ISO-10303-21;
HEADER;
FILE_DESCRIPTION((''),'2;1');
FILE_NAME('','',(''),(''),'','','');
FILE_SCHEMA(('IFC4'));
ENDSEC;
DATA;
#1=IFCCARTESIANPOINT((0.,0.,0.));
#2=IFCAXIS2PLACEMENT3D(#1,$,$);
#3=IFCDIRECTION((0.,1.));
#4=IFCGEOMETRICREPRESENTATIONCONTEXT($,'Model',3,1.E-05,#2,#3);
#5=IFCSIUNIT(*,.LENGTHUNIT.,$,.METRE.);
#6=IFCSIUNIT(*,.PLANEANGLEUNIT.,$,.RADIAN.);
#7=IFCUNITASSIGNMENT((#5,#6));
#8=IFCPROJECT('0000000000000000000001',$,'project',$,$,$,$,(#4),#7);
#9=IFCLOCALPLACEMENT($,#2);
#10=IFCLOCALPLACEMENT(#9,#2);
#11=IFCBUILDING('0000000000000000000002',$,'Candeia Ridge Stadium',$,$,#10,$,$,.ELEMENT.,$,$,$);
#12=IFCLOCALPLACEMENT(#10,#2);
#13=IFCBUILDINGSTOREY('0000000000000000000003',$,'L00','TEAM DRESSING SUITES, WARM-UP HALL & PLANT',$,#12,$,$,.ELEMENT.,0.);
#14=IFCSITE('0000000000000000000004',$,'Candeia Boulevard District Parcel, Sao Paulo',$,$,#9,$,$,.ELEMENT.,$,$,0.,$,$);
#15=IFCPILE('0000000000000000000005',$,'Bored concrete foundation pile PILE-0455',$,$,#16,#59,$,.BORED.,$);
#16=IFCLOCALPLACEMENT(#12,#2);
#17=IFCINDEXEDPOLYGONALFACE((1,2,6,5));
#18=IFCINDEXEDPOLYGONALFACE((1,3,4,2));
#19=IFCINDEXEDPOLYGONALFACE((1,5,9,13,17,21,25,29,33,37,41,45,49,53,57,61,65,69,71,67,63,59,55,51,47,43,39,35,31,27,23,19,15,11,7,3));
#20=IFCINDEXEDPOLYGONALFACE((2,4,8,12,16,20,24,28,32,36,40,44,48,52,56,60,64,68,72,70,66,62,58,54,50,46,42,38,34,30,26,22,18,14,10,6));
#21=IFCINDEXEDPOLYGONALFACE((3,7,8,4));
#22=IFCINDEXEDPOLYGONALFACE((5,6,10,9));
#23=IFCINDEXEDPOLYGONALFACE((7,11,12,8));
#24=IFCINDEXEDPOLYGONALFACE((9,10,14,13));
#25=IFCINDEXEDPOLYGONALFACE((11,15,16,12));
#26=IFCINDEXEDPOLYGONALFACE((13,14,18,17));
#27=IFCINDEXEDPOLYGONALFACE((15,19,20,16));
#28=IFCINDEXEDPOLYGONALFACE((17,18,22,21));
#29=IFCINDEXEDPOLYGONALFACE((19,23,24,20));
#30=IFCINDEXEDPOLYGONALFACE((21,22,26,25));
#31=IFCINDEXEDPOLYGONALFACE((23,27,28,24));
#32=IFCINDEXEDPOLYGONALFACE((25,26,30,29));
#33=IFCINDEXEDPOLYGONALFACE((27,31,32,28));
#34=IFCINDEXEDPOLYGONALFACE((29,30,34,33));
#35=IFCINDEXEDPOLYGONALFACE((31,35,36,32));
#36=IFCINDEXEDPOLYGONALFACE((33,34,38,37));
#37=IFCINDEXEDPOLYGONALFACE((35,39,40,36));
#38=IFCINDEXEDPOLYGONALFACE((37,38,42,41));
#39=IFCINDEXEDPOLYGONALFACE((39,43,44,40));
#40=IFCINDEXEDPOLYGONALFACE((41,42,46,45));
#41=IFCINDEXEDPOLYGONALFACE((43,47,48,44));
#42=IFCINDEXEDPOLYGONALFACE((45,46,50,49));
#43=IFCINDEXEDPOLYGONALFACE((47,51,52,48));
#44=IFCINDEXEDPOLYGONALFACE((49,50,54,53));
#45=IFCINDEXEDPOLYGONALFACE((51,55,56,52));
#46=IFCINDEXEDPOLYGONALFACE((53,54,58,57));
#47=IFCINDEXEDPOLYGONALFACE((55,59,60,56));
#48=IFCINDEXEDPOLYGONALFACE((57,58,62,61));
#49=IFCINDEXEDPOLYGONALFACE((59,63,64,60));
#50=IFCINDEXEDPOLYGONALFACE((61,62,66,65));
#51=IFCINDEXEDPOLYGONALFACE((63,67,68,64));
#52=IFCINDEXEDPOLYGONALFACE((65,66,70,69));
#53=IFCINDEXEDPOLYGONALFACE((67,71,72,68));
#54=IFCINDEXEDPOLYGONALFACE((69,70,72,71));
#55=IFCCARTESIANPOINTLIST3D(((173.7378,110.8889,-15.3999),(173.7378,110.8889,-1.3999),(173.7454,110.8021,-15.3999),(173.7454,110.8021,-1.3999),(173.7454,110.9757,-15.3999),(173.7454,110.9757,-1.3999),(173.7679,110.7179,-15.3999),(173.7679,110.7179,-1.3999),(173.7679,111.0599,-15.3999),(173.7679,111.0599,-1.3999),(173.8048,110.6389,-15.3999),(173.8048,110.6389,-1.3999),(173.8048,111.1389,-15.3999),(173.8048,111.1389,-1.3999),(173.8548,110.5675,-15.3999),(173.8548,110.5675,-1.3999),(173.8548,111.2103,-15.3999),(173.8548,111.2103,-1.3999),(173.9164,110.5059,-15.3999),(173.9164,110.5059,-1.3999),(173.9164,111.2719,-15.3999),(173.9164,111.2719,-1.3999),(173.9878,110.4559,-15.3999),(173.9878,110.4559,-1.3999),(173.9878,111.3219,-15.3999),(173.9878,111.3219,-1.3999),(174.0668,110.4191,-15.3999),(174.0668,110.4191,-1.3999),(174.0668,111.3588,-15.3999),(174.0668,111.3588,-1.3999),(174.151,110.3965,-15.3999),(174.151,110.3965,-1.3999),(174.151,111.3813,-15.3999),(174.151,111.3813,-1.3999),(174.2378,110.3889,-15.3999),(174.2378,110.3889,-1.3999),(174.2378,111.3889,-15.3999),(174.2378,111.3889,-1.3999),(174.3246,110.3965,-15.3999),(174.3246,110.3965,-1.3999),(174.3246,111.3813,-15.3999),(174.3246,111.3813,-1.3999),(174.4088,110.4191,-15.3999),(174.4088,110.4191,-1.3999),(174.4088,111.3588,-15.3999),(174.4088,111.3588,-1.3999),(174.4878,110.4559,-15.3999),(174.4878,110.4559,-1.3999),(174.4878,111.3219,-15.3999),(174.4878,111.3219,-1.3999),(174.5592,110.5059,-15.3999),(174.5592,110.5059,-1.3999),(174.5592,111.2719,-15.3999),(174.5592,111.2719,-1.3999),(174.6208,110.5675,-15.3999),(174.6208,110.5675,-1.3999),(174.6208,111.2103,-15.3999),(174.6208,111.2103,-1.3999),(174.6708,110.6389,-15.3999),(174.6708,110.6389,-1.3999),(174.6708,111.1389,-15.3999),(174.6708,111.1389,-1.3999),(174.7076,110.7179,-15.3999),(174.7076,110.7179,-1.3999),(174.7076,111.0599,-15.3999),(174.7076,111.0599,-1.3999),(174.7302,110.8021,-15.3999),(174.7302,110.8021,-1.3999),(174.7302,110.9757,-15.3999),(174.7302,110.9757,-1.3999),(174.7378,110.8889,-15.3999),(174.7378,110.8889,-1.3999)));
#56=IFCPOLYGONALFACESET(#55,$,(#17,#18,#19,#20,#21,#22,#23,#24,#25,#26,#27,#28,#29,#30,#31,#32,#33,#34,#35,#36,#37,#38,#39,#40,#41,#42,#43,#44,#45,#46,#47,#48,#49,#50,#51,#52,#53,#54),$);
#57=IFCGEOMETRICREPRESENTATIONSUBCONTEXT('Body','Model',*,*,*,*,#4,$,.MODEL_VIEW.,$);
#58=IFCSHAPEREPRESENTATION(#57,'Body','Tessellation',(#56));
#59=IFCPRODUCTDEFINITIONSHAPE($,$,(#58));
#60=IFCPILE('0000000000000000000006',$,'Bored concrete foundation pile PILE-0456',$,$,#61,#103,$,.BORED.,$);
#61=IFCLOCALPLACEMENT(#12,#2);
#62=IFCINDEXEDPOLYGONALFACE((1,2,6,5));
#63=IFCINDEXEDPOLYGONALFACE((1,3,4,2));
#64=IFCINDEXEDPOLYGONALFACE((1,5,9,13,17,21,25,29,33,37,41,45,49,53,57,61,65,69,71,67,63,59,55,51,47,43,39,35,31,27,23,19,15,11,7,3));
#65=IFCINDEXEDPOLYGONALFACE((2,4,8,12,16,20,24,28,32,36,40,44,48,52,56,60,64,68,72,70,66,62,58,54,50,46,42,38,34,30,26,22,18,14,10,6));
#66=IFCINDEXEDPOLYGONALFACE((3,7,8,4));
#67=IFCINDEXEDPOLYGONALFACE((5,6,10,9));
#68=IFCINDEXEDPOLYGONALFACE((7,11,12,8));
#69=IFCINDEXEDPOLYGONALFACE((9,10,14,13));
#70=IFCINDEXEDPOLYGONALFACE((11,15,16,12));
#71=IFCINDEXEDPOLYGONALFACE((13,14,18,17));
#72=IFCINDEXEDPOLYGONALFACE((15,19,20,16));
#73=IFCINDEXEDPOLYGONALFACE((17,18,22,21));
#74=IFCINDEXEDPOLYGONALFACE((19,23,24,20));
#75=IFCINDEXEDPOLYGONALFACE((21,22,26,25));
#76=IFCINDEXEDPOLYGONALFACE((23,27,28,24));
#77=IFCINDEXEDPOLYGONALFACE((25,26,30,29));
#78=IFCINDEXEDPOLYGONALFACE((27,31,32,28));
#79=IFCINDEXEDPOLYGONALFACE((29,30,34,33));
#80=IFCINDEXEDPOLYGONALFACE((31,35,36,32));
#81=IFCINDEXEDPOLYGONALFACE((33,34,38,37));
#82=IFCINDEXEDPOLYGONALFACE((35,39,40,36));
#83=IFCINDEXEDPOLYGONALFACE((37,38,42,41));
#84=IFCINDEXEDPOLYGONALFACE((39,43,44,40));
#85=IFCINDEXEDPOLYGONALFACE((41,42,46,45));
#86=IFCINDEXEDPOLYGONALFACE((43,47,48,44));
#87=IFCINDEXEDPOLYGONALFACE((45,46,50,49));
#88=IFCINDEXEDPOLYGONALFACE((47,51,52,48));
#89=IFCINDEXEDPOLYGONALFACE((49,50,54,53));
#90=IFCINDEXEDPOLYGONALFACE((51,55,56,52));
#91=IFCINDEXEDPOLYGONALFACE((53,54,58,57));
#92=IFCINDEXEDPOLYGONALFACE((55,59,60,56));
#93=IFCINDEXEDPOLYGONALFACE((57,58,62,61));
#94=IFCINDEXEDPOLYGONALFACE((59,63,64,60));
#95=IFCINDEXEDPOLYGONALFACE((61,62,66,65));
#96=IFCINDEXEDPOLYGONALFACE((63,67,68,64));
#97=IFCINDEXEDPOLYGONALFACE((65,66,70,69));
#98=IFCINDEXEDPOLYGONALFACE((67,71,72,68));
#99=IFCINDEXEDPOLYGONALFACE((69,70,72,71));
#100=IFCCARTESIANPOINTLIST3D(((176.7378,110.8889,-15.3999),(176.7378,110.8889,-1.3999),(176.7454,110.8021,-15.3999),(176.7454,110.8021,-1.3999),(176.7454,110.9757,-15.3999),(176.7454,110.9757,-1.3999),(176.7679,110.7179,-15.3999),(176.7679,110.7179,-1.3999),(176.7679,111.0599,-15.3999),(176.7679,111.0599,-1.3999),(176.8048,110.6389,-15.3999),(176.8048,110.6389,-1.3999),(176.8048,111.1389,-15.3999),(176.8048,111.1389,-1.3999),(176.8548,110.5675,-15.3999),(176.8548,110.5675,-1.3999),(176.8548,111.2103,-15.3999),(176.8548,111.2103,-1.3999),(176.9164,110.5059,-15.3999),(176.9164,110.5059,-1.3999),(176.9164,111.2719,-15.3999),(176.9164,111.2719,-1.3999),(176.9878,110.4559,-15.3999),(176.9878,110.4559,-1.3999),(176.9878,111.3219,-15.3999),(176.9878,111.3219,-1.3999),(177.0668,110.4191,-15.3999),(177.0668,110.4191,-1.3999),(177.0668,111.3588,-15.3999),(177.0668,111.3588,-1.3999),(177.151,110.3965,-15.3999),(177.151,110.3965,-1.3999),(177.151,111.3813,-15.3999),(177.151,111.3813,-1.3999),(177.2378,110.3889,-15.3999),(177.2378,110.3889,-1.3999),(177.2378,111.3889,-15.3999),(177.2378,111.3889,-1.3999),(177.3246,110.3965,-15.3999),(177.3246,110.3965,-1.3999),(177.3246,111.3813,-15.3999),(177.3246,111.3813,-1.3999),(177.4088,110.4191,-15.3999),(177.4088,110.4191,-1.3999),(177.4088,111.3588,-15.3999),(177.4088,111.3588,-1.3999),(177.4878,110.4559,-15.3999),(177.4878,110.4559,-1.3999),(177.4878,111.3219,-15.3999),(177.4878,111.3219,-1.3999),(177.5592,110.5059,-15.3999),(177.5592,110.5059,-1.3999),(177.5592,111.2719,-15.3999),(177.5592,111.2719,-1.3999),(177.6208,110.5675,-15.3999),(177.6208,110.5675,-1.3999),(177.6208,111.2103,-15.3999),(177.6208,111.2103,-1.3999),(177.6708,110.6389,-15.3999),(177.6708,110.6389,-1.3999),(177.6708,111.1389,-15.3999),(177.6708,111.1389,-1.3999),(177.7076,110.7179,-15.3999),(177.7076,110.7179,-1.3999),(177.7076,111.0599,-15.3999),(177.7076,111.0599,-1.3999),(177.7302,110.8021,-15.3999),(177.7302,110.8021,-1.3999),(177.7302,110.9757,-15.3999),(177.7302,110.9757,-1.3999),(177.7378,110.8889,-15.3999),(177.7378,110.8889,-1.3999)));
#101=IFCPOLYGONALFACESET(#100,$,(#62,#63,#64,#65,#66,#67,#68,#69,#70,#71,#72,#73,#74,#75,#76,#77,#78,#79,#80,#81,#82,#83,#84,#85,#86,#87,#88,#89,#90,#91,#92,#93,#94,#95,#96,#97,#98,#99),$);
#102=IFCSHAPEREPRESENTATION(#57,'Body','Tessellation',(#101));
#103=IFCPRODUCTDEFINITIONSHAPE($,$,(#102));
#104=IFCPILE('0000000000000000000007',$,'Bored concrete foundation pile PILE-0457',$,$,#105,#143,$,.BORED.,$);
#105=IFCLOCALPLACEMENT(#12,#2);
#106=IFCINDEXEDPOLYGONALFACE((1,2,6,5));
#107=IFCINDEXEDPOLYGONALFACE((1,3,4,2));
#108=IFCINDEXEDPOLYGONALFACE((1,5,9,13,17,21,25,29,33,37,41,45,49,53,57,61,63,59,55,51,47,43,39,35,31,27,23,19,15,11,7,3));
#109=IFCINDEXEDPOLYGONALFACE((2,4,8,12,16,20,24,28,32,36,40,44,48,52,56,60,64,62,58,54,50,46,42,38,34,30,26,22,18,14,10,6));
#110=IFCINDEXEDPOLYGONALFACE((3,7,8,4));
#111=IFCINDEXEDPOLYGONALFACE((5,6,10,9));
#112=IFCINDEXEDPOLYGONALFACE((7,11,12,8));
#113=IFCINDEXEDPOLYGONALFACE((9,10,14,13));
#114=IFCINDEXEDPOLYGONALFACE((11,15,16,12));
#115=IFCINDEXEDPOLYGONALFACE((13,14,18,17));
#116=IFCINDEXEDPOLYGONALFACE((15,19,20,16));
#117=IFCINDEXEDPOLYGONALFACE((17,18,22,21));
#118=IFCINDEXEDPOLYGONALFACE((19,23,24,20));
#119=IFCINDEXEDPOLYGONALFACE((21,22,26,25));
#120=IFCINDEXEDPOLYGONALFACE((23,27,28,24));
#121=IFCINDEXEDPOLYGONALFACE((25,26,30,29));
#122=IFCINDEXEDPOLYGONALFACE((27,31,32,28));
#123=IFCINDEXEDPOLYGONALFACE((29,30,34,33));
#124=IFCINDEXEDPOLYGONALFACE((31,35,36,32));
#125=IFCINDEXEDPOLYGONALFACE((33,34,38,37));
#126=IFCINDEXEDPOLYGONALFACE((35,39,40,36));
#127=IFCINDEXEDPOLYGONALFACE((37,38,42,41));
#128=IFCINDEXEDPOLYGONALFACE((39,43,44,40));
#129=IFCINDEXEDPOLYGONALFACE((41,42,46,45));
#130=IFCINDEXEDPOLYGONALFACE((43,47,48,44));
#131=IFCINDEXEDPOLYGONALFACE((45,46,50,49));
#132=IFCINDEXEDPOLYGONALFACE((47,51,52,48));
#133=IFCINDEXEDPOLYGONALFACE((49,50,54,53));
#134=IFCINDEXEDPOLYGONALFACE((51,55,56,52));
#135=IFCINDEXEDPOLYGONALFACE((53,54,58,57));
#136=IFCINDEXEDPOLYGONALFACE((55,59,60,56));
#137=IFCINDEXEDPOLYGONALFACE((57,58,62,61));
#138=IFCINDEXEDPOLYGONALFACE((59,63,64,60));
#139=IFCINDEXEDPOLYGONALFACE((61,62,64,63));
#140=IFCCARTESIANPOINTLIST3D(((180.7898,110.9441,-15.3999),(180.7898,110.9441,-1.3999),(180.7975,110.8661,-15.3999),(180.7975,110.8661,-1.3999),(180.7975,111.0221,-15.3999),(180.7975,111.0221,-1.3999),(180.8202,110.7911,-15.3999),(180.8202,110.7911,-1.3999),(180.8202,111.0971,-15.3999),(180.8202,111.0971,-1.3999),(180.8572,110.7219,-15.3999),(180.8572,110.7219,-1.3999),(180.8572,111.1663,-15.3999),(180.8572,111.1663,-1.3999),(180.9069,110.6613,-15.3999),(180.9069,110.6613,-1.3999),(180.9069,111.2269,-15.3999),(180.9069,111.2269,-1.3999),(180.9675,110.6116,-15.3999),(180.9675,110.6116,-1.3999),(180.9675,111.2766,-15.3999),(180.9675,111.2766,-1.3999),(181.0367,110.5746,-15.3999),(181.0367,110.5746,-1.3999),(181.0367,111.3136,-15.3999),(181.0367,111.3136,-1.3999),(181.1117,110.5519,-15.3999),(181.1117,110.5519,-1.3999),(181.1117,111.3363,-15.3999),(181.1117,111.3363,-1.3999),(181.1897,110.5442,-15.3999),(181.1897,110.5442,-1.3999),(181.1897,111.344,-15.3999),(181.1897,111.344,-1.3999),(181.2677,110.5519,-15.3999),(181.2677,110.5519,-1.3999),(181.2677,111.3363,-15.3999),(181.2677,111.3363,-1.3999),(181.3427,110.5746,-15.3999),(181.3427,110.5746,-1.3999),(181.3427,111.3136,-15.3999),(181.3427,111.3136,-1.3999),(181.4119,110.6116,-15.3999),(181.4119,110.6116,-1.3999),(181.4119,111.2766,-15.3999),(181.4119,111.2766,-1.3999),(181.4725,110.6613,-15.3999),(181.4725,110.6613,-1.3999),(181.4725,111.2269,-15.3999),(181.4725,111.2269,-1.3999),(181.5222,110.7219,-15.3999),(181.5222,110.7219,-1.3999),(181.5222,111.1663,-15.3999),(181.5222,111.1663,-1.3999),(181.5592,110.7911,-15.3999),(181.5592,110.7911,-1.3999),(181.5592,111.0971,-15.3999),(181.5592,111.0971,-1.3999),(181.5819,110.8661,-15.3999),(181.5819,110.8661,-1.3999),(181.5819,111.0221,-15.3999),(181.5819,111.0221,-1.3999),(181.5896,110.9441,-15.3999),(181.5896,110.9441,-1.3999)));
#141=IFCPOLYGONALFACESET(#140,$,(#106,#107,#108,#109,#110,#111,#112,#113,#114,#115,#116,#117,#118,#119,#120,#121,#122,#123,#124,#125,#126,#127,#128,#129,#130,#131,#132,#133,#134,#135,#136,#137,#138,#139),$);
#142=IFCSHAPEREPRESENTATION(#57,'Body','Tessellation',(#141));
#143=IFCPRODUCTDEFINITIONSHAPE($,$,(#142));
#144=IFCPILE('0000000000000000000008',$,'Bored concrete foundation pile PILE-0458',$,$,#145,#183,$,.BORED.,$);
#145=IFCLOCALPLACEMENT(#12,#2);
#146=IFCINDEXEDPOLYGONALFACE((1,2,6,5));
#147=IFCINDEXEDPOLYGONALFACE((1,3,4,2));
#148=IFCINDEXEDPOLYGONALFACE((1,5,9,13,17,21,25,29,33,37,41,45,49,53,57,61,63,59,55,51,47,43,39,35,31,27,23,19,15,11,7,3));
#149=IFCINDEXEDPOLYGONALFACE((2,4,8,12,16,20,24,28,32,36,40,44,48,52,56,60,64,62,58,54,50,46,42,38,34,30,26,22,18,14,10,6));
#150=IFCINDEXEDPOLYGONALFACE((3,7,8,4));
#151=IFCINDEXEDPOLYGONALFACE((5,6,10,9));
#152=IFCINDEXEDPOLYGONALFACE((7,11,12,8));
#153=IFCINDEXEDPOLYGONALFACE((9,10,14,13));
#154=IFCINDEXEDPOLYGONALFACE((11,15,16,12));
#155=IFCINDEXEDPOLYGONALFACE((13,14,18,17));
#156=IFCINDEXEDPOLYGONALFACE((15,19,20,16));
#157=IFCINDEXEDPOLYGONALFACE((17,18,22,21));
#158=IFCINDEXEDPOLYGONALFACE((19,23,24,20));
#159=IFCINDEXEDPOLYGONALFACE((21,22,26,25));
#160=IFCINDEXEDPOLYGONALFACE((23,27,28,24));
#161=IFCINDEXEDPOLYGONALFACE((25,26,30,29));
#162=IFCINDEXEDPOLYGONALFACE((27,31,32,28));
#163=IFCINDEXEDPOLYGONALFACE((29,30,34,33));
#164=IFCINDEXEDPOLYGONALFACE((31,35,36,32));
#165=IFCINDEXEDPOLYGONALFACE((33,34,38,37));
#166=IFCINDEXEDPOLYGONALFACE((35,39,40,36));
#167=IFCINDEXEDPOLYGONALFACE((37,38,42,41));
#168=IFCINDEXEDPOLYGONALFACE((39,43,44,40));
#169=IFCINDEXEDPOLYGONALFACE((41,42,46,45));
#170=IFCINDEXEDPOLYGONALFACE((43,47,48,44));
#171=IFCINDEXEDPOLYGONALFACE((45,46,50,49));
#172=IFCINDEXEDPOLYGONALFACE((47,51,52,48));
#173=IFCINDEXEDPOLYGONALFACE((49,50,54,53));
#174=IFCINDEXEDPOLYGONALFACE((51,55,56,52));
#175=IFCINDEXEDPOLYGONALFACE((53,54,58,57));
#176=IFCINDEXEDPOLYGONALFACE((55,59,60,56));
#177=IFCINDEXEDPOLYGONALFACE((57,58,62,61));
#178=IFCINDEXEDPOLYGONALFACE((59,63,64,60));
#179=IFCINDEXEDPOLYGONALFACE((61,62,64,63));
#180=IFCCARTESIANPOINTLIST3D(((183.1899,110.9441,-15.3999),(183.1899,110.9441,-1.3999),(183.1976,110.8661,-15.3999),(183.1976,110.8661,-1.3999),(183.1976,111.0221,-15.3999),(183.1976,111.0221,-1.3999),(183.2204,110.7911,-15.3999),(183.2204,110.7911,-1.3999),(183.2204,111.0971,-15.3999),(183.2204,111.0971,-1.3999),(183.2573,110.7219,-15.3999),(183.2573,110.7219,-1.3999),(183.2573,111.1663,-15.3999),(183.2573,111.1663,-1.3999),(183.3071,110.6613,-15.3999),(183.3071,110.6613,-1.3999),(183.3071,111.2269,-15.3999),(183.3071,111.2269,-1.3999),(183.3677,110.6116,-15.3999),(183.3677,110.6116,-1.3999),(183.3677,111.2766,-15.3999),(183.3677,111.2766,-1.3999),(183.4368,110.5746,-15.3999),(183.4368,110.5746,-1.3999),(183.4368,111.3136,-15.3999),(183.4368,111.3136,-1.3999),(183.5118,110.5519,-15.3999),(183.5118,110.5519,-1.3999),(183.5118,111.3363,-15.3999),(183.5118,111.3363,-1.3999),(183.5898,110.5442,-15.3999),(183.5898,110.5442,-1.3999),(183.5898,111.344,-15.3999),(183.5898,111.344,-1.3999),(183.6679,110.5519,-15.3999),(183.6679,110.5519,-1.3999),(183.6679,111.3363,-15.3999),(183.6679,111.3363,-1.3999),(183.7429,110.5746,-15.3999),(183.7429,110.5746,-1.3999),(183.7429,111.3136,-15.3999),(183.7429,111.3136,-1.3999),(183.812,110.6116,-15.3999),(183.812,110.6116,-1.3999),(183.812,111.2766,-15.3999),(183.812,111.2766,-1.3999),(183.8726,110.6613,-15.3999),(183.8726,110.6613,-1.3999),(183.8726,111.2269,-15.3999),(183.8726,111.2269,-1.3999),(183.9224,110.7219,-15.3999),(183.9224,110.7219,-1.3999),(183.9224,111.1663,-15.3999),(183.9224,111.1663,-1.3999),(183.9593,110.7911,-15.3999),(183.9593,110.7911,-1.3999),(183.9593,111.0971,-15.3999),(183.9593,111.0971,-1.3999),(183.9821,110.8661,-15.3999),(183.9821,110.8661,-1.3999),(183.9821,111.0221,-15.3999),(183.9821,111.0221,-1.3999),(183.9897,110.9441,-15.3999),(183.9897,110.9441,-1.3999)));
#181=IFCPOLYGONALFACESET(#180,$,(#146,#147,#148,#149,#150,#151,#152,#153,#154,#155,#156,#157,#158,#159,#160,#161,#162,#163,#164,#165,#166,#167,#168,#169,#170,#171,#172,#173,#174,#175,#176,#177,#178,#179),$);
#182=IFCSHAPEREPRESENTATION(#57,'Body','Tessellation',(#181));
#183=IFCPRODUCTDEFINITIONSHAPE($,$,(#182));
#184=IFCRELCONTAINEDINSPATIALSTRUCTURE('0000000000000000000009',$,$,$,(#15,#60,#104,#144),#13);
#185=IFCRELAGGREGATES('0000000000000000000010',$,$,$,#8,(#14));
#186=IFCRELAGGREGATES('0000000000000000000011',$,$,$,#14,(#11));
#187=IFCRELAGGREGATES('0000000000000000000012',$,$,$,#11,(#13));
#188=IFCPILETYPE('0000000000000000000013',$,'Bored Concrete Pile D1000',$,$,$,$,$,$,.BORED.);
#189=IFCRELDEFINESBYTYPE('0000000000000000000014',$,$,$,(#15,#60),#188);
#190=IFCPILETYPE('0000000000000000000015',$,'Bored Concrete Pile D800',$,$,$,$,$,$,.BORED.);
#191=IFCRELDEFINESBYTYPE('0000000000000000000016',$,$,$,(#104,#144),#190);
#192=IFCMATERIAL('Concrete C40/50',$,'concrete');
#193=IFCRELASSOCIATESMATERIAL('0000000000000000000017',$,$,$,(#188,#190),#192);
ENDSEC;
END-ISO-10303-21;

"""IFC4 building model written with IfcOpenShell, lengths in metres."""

from ifc_helpers import new_model, si_unit, direction, frame, origin, origin_2d, place, context, subcontext, project, spatial, circle, extrude, material, material_profile, profile_set, type_object, element, save


model = new_model("IFC4")

# Units and contexts
model_context = context("Model", 3, precision=1e-05, world=origin(), true_north=direction((0.0, 1.0)))
body_context = subcontext(model_context, "Body", "Model", "MODEL_VIEW")
ifc_project = project(units=[si_unit("LENGTHUNIT", "METRE"), si_unit("PLANEANGLEUNIT", "RADIAN")], contexts=[model_context])

# Site, building, storey
site_placement = place(None, origin())
site = spatial("IfcSite", under=ifc_project, at=site_placement, Name="Candeia Boulevard District Parcel, Sao Paulo", CompositionType="ELEMENT", RefElevation=0.0)
building_placement = place(site_placement, origin())
building = spatial("IfcBuilding", under=site, at=building_placement, Name="Candeia Ridge Stadium", CompositionType="ELEMENT")
storey_placement = place(building_placement, origin())
storey = spatial("IfcBuildingStorey", under=building, at=storey_placement, Name="L00", Description="TEAM DRESSING SUITES, WARM-UP HALL & PLANT", CompositionType="ELEMENT", Elevation=0.0)

# Piles
ifc_material_1 = material(Name="Concrete C40/50", Category="concrete")
ifc_material_profile_1 = material_profile(ifc_material_1, circle(Radius=0.5, at=origin_2d()), Name="PILE-D1000", Category="concrete")
ifc_profile_set_1 = profile_set([ifc_material_profile_1], Name="Concrete C40/50")
pile_type_1 = type_object("IfcPileType", Name="Bored Concrete Pile D1000", PredefinedType="BORED", material=ifc_profile_set_1)
for number, where, z_axis, x_axis, name in (
    (1, (174.2378, 110.8889, -1.3999), (0.0, 0.0, -1.0), (1.0, 0.0, 0.0), "Bored concrete foundation pile PILE-0455"),
    (2, (177.2378, 110.8889, -1.3999), (0.0, 0.0, -1.0), (1.0, 0.0, 0.0), "Bored concrete foundation pile PILE-0456"),
):
    element("IfcPile", number, at=place(storey_placement, frame(where, z_axis=z_axis, x_axis=x_axis)), inside=storey, type_object=pile_type_1, Name=name, PredefinedType="BORED", context=body_context, shape_type="SweptSolid", body=[
        extrude(circle(Radius=0.5, at=origin_2d()), origin(), (0.0, 0.0, 1.0), 14.0),
    ])
ifc_material_profile_2 = material_profile(ifc_material_1, circle(Radius=0.3999, at=origin_2d()), Name="PILE-D800", Category="concrete")
ifc_profile_set_2 = profile_set([ifc_material_profile_2], Name="Concrete C40/50")
pile_type_2 = type_object("IfcPileType", Name="Bored Concrete Pile D800", PredefinedType="BORED", material=ifc_profile_set_2)
for number, where, z_axis, x_axis, name in (
    (3, (181.1897, 110.9441, -1.3999), (0.0, 0.0, -1.0), (1.0, 0.0, 0.0), "Bored concrete foundation pile PILE-0457"),
    (4, (183.5898, 110.9441, -1.3999), (0.0, 0.0, -1.0), (1.0, 0.0, 0.0), "Bored concrete foundation pile PILE-0458"),
):
    element("IfcPile", number, at=place(storey_placement, frame(where, z_axis=z_axis, x_axis=x_axis)), inside=storey, type_object=pile_type_2, Name=name, PredefinedType="BORED", context=body_context, shape_type="SweptSolid", body=[
        extrude(circle(Radius=0.3999, at=origin_2d()), origin(), (0.0, 0.0, 1.0), 14.0),
    ])

save(model, "model.ifc")
